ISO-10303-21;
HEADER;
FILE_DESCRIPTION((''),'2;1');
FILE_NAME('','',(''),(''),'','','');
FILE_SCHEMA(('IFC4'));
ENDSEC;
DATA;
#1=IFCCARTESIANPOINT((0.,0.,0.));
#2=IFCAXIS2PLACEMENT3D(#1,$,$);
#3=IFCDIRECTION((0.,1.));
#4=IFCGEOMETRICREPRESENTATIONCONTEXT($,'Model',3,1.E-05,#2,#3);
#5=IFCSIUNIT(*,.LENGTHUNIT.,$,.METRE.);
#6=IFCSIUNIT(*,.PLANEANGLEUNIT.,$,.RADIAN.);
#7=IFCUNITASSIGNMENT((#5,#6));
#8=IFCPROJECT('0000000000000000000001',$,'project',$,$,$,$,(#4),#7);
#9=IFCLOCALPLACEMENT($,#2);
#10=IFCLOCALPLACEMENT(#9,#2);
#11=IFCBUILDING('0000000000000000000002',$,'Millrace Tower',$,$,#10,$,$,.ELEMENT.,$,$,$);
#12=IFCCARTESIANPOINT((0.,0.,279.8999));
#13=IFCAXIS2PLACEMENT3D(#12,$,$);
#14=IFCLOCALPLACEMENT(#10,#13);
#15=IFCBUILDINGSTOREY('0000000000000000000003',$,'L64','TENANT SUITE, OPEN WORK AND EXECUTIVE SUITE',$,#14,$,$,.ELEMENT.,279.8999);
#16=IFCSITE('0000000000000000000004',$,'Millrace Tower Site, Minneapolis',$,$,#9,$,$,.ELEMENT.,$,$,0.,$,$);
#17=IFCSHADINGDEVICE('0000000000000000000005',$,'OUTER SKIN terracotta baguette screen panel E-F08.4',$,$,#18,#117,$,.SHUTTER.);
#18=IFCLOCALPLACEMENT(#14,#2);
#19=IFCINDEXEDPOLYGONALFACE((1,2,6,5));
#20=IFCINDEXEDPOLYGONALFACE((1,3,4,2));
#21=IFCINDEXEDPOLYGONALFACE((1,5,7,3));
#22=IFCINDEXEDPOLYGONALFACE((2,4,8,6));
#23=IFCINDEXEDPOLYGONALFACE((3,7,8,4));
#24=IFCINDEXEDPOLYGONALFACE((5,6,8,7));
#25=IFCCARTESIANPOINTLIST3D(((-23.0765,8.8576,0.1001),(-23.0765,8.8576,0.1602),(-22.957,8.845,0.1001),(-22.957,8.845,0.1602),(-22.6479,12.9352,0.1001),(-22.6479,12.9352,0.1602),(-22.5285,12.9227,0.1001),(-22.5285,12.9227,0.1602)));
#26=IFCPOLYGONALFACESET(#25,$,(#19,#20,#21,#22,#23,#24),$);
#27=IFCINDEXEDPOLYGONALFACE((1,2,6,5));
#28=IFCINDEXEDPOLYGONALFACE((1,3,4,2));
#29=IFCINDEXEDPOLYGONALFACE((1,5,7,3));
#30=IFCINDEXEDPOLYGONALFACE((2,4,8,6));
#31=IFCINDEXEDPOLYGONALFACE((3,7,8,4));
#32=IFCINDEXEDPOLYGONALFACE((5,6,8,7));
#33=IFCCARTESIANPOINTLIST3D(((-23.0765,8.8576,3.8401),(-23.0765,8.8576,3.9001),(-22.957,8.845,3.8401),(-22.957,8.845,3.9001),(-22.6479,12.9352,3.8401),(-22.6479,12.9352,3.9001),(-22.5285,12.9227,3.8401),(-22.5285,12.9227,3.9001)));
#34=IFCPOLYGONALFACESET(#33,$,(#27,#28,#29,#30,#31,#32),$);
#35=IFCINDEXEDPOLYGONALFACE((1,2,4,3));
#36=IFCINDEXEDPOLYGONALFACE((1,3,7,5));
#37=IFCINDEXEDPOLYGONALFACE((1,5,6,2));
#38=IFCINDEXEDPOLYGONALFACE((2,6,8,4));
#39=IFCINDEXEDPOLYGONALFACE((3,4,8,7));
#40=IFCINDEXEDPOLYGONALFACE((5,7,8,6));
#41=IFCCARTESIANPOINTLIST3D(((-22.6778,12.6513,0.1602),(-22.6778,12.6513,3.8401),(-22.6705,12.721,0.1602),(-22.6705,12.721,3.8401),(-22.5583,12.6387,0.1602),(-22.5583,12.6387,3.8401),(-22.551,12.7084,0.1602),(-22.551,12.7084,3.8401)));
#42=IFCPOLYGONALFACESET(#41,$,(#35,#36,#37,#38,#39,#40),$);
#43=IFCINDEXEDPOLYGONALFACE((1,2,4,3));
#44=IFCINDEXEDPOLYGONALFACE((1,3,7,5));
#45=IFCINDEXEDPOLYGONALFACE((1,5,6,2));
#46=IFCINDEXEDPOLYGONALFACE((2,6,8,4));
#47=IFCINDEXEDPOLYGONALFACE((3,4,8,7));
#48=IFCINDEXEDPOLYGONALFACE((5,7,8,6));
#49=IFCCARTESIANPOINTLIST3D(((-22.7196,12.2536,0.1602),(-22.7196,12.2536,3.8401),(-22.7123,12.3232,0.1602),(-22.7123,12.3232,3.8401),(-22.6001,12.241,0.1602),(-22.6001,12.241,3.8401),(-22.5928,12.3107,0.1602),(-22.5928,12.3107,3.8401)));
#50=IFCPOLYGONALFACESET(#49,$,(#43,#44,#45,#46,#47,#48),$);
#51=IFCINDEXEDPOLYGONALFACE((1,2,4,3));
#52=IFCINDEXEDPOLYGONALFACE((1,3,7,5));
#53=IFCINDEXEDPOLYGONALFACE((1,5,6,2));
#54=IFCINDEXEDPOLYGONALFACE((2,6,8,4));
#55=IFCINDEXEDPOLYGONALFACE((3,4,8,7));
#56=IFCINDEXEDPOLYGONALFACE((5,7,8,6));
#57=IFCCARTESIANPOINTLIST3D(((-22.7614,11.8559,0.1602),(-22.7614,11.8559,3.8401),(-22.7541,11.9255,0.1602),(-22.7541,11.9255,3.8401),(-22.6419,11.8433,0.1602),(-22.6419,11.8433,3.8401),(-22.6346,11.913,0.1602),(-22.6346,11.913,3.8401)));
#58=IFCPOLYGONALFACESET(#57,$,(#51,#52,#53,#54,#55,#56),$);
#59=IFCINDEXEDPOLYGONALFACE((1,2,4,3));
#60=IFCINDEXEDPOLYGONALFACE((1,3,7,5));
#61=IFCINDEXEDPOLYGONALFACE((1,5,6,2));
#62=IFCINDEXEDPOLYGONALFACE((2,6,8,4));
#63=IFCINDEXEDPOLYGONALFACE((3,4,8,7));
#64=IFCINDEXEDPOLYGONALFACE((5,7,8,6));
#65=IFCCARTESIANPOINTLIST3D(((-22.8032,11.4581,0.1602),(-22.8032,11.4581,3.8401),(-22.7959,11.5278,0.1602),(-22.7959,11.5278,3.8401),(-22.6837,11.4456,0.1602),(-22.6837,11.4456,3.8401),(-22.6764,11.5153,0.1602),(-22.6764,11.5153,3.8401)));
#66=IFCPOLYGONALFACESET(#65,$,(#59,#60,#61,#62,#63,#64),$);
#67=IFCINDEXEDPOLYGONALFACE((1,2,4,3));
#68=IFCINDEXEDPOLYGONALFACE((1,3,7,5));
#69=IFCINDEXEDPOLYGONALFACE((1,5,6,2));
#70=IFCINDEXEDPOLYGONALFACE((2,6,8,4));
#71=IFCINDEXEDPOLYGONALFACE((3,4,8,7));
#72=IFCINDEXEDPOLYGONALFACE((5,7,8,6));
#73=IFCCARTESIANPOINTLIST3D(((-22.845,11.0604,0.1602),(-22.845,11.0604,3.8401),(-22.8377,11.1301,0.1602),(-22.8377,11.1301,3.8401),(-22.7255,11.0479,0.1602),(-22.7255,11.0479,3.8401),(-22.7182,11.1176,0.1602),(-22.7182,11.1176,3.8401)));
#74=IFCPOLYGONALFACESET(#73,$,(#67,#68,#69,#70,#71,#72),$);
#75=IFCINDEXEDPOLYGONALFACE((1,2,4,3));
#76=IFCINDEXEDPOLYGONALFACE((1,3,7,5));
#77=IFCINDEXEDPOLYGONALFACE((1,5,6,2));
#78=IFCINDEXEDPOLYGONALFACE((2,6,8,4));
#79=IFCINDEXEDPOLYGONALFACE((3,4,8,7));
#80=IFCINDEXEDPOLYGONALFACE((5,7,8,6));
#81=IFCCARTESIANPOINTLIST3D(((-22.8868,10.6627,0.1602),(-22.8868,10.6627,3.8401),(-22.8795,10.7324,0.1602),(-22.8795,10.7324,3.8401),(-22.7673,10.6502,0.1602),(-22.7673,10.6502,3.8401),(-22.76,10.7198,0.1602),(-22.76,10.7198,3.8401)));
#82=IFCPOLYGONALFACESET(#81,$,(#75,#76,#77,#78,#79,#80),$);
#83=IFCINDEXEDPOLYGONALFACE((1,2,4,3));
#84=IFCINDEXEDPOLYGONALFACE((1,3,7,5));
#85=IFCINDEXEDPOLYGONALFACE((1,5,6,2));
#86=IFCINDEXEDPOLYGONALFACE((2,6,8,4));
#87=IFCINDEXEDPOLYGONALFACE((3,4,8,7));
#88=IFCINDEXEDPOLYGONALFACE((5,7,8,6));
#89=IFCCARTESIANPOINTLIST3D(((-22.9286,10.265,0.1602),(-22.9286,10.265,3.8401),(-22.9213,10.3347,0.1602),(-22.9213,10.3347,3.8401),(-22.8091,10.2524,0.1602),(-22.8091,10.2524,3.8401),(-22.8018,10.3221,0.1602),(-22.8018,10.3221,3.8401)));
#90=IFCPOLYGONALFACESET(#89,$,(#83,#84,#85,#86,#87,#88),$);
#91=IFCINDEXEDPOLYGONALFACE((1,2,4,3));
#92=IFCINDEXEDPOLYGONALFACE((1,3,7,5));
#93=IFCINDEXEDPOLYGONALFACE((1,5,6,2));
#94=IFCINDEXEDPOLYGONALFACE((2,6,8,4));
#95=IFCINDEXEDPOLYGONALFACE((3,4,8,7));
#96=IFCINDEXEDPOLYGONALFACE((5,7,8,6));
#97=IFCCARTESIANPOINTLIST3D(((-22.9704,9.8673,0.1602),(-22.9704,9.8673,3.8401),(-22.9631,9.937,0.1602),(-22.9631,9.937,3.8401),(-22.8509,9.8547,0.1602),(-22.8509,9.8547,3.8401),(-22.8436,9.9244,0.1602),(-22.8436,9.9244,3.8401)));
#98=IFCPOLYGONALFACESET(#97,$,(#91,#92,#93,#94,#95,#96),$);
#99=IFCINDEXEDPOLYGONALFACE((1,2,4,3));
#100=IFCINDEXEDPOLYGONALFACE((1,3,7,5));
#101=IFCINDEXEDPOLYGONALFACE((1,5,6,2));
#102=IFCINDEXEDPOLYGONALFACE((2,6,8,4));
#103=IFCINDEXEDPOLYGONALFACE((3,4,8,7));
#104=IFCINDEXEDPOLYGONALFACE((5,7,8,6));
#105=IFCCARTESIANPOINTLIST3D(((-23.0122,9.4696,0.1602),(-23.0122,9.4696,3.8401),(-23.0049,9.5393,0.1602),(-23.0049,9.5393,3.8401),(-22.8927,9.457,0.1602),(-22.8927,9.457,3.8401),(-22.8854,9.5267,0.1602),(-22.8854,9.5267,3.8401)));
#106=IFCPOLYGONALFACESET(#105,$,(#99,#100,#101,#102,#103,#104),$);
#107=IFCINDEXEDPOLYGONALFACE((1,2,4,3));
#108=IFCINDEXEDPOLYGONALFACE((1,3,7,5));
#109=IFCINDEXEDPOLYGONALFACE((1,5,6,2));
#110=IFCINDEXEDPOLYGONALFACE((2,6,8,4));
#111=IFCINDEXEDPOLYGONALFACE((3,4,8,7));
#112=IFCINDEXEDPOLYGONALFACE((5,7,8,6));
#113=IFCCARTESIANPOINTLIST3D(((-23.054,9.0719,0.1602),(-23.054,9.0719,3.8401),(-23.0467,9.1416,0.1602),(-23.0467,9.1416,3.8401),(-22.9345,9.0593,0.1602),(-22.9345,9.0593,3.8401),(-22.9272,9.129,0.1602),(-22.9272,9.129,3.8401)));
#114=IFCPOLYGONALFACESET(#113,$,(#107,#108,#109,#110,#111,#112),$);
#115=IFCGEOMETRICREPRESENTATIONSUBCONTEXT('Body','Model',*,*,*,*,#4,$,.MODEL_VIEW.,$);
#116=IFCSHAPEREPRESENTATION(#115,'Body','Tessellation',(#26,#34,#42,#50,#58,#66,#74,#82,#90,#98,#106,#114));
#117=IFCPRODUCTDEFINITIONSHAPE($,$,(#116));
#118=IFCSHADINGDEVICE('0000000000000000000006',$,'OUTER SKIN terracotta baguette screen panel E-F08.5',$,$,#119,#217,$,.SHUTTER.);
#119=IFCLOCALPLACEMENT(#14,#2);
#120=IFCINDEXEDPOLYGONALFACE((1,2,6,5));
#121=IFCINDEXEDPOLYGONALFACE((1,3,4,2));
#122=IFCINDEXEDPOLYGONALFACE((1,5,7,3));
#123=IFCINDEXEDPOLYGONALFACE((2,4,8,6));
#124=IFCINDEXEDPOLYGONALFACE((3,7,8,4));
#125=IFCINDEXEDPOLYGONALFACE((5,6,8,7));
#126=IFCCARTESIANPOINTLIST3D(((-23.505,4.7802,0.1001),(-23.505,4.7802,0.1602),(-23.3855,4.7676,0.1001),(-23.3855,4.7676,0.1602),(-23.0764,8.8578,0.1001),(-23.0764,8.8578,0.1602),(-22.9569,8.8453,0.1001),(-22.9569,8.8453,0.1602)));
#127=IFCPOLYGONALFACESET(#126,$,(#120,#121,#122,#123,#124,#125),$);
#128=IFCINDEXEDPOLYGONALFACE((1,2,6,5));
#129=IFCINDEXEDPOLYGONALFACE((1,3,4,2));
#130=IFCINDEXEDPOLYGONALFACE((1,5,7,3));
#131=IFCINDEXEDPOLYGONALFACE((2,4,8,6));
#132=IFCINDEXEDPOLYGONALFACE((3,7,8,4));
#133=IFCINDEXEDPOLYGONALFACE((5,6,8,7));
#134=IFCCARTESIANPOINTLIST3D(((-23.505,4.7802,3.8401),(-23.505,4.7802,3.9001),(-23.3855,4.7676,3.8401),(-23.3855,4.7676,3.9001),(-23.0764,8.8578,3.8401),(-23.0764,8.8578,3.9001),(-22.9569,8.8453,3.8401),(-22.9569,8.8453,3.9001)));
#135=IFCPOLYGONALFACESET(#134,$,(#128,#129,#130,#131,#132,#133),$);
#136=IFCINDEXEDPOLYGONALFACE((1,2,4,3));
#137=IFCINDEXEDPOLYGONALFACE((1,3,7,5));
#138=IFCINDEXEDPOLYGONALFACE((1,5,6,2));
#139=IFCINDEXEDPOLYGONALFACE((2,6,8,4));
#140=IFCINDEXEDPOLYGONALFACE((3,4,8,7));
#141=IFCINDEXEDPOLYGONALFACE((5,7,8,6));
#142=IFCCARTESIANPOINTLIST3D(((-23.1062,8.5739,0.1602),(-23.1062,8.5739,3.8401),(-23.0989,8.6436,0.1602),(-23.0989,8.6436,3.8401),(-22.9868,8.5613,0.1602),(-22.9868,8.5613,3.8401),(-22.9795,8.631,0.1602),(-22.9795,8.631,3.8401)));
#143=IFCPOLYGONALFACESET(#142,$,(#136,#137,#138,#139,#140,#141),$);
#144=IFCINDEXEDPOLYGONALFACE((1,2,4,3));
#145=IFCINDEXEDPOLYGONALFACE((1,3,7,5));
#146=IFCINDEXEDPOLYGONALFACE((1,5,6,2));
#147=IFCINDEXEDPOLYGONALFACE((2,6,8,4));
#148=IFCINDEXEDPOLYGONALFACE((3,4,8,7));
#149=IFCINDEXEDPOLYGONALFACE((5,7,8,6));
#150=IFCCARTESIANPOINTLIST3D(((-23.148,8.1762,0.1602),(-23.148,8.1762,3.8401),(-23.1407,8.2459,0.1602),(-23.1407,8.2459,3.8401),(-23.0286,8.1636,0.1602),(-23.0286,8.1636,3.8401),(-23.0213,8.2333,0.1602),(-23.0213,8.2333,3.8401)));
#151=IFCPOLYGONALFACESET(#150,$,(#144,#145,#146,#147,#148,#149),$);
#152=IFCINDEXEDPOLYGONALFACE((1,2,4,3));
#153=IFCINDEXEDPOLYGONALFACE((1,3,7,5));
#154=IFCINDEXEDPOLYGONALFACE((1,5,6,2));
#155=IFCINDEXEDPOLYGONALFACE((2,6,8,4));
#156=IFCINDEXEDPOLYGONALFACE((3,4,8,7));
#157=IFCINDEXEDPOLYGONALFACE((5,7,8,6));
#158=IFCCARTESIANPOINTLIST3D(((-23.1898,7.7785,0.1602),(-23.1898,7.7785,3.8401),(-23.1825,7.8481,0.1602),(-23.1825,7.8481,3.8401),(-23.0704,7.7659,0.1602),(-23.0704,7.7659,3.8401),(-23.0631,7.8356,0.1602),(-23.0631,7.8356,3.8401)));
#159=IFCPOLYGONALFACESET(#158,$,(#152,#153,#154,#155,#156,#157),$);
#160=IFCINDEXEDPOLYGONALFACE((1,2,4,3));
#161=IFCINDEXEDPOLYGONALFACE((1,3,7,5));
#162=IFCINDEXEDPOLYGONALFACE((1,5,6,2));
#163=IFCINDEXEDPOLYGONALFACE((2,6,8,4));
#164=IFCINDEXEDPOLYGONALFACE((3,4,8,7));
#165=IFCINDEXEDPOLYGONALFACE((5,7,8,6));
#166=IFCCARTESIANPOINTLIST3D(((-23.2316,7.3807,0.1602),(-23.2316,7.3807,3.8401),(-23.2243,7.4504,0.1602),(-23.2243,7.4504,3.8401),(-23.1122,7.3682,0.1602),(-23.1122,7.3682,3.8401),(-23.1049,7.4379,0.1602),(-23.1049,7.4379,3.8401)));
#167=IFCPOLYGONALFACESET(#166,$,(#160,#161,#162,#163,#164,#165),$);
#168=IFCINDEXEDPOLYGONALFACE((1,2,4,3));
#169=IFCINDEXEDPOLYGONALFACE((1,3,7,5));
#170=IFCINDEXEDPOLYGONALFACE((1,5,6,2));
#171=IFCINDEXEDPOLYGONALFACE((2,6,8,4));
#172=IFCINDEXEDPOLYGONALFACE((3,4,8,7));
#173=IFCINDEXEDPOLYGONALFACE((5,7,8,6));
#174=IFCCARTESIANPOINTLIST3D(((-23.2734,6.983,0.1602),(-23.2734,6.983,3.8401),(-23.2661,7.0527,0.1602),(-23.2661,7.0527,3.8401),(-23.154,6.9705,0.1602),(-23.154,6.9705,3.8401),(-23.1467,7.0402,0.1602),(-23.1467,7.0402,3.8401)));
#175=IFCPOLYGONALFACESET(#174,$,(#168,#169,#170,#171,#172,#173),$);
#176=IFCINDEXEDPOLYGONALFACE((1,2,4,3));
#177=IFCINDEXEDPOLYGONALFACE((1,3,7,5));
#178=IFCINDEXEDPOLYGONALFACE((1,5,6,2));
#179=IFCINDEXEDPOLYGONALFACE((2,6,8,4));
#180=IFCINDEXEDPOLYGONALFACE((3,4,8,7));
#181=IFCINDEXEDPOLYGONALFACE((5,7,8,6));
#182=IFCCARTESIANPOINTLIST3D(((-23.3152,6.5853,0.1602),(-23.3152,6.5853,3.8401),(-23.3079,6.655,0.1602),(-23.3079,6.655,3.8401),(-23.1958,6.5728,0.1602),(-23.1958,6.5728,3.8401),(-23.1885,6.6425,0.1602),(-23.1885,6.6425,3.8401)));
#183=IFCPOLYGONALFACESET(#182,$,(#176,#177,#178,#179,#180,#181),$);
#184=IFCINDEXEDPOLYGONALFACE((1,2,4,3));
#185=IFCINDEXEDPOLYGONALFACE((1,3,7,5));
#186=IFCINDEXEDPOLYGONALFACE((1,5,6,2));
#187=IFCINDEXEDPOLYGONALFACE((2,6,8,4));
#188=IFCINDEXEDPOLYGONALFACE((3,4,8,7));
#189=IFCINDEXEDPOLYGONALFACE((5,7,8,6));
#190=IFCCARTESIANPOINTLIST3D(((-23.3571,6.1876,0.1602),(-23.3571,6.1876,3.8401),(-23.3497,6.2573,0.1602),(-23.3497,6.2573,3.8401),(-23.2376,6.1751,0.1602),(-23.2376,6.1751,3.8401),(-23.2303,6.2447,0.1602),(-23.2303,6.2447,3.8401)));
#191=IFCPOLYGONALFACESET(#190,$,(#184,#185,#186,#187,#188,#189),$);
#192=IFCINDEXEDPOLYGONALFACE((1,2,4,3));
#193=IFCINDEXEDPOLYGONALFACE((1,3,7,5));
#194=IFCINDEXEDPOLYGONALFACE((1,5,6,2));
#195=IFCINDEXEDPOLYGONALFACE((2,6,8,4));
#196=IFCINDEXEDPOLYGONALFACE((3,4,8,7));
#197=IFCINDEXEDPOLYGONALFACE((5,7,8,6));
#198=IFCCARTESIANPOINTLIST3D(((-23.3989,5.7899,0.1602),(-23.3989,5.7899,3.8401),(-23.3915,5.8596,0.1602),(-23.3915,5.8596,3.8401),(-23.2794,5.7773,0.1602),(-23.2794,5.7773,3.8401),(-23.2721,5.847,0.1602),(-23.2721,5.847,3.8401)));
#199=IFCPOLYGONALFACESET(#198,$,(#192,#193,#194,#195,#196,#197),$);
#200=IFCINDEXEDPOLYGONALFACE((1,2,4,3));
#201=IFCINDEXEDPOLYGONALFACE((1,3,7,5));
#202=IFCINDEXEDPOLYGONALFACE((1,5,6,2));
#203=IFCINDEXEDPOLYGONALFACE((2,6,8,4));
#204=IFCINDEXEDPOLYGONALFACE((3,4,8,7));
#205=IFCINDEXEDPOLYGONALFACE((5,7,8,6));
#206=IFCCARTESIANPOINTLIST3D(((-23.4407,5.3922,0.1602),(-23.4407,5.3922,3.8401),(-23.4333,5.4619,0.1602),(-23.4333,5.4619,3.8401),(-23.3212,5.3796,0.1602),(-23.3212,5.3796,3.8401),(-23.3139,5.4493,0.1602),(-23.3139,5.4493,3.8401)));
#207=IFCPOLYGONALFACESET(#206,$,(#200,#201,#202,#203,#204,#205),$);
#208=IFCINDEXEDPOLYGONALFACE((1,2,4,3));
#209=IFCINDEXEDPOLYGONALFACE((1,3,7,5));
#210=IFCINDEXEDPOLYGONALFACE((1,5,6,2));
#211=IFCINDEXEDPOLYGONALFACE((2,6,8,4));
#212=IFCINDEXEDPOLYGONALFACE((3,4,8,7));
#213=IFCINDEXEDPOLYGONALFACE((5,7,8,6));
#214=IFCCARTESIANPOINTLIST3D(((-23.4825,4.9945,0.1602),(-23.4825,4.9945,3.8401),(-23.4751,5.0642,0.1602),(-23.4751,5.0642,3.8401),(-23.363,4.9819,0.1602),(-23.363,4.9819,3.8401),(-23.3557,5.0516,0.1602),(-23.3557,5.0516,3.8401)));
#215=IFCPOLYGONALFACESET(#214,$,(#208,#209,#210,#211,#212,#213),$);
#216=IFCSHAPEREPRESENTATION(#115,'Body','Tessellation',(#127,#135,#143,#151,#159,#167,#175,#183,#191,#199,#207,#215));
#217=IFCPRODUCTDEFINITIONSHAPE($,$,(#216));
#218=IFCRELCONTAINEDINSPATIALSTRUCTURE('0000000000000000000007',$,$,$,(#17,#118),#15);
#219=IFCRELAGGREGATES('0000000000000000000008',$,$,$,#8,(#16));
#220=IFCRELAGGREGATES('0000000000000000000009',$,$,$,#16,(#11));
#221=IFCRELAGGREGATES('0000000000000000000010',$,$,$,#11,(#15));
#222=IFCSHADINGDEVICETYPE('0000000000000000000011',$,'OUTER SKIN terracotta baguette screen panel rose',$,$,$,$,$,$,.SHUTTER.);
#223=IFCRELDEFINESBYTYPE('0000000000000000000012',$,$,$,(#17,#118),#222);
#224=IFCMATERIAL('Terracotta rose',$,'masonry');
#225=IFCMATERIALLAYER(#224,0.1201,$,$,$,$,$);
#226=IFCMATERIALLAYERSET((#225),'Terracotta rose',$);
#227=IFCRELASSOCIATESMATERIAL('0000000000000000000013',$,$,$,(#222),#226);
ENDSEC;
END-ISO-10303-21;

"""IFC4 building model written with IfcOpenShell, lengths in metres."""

from ifc_helpers import new_model, entity, si_unit, direction, frame, frame_2d, origin, place, context, subcontext, project, spatial, rectangle, extrude, source, transform, mapped, material, layer, layer_set, type_object, element, save


model = new_model("IFC4")

# Units and contexts
model_context = context("Model", 3, precision=1e-05, world=origin(), true_north=direction((0.0, 1.0)))
body_context = subcontext(model_context, "Body", "Model", "MODEL_VIEW")
ifc_project = project(units=[si_unit("LENGTHUNIT", "METRE"), si_unit("PLANEANGLEUNIT", "RADIAN")], contexts=[model_context])

# Site, building, storey
site_placement = place(None, origin())
site = spatial("IfcSite", under=ifc_project, at=site_placement, Name="Millrace Tower Site, Minneapolis", CompositionType="ELEMENT", RefElevation=0.0)
building_placement = place(site_placement, origin())
building = spatial("IfcBuilding", under=site, at=building_placement, Name="Millrace Tower", CompositionType="ELEMENT")
storey_placement = place(building_placement, frame((0.0, 0.0, 279.8999)))
storey = spatial("IfcBuildingStorey", under=building, at=storey_placement, Name="L64", Description="TENANT SUITE, OPEN WORK AND EXECUTIVE SUITE", CompositionType="ELEMENT", Elevation=279.8999)

# Shading devices
ifc_material_1 = material(Name="Terracotta rose", Category="masonry")
ifc_layer_1 = layer(ifc_material_1, 0.1201)
ifc_layer_set_1 = layer_set([ifc_layer_1], Name="Terracotta rose")
shading_device_type = type_object("IfcShadingDeviceType", Name="OUTER SKIN terracotta baguette screen panel rose", PredefinedType="SHUTTER", material=ifc_layer_set_1)
cartesian_point = entity("IfcCartesianPoint", [-2.05, 0.0601])
shared_polyline = entity("IfcPolyline", [cartesian_point, entity("IfcCartesianPoint", [2.05, 0.0601]), entity("IfcCartesianPoint", [2.05, -0.0601]), entity("IfcCartesianPoint", [-2.05, -0.0601]), cartesian_point])
shared_shape = source(origin(), body_context, "Body", "SweptSolid", [
    entity("IfcExtrudedAreaSolid", entity("IfcArbitraryClosedProfileDef", "AREA", None, shared_polyline), entity("IfcAxis2Placement3D", entity("IfcCartesianPoint", [0.0, 0.0, 0.0])), entity("IfcDirection", [0.0, 0.0, 1.0]), 0.0601),
    entity("IfcExtrudedAreaSolid", entity("IfcArbitraryClosedProfileDef", "AREA", None, shared_polyline), entity("IfcAxis2Placement3D", entity("IfcCartesianPoint", [0.0, 0.0, 3.74])), entity("IfcDirection", [0.0, 0.0, 1.0]), 0.0601),
    extrude(rectangle(XDim=0.0701, YDim=0.1201, at=frame_2d((-1.7996, 0.0))), frame((0.0, 0.0, 0.0601)), (0.0, 0.0, 1.0), 3.6799),
    extrude(rectangle(XDim=0.0701, YDim=0.1201, at=frame_2d((-1.3997, 0.0))), frame((0.0, 0.0, 0.0601)), (0.0, 0.0, 1.0), 3.6799),
    extrude(rectangle(XDim=0.0701, YDim=0.1201, at=frame_2d((-0.9998, 0.0))), frame((0.0, 0.0, 0.0601)), (0.0, 0.0, 1.0), 3.6799),
    extrude(rectangle(XDim=0.0701, YDim=0.1201, at=frame_2d((-0.5999, 0.0))), frame((0.0, 0.0, 0.0601)), (0.0, 0.0, 1.0), 3.6799),
    extrude(rectangle(XDim=0.0701, YDim=0.1201, at=frame_2d((-0.2, 0.0))), frame((0.0, 0.0, 0.0601)), (0.0, 0.0, 1.0), 3.6799),
    extrude(rectangle(XDim=0.0701, YDim=0.1201, at=frame_2d((0.2, 0.0))), frame((0.0, 0.0, 0.0601)), (0.0, 0.0, 1.0), 3.6799),
    extrude(rectangle(XDim=0.0701, YDim=0.1201, at=frame_2d((0.5999, 0.0))), frame((0.0, 0.0, 0.0601)), (0.0, 0.0, 1.0), 3.6799),
    extrude(rectangle(XDim=0.0701, YDim=0.1201, at=frame_2d((0.9998, 0.0))), frame((0.0, 0.0, 0.0601)), (0.0, 0.0, 1.0), 3.6799),
    extrude(rectangle(XDim=0.0701, YDim=0.1201, at=frame_2d((1.3997, 0.0))), frame((0.0, 0.0, 0.0601)), (0.0, 0.0, 1.0), 3.6799),
    extrude(rectangle(XDim=0.0701, YDim=0.1201, at=frame_2d((1.7996, 0.0))), frame((0.0, 0.0, 0.0601)), (0.0, 0.0, 1.0), 3.6799),
])
for number, where, z_axis, x_axis, name in (
    (1, (-22.8025, 10.8901, 0.1001), (0.0, 0.0, 1.0), (-0.104528, -0.994522, 0.0), "OUTER SKIN terracotta baguette screen panel E-F08.4"),
    (2, (-23.231, 6.8127, 0.1001), (0.0, 0.0, 1.0), (-0.104528, -0.994522, 0.0), "OUTER SKIN terracotta baguette screen panel E-F08.5"),
):
    element("IfcShadingDevice", number, at=place(storey_placement, frame(where, z_axis=z_axis, x_axis=x_axis)), inside=storey, type_object=shading_device_type, Name=name, PredefinedType="SHUTTER", context=body_context, shape_type="MappedRepresentation", body=[
        mapped(shared_shape, transform((0.0, 0.0, 0.0), scale=1.0)),
    ])

save(model, "model.ifc")
